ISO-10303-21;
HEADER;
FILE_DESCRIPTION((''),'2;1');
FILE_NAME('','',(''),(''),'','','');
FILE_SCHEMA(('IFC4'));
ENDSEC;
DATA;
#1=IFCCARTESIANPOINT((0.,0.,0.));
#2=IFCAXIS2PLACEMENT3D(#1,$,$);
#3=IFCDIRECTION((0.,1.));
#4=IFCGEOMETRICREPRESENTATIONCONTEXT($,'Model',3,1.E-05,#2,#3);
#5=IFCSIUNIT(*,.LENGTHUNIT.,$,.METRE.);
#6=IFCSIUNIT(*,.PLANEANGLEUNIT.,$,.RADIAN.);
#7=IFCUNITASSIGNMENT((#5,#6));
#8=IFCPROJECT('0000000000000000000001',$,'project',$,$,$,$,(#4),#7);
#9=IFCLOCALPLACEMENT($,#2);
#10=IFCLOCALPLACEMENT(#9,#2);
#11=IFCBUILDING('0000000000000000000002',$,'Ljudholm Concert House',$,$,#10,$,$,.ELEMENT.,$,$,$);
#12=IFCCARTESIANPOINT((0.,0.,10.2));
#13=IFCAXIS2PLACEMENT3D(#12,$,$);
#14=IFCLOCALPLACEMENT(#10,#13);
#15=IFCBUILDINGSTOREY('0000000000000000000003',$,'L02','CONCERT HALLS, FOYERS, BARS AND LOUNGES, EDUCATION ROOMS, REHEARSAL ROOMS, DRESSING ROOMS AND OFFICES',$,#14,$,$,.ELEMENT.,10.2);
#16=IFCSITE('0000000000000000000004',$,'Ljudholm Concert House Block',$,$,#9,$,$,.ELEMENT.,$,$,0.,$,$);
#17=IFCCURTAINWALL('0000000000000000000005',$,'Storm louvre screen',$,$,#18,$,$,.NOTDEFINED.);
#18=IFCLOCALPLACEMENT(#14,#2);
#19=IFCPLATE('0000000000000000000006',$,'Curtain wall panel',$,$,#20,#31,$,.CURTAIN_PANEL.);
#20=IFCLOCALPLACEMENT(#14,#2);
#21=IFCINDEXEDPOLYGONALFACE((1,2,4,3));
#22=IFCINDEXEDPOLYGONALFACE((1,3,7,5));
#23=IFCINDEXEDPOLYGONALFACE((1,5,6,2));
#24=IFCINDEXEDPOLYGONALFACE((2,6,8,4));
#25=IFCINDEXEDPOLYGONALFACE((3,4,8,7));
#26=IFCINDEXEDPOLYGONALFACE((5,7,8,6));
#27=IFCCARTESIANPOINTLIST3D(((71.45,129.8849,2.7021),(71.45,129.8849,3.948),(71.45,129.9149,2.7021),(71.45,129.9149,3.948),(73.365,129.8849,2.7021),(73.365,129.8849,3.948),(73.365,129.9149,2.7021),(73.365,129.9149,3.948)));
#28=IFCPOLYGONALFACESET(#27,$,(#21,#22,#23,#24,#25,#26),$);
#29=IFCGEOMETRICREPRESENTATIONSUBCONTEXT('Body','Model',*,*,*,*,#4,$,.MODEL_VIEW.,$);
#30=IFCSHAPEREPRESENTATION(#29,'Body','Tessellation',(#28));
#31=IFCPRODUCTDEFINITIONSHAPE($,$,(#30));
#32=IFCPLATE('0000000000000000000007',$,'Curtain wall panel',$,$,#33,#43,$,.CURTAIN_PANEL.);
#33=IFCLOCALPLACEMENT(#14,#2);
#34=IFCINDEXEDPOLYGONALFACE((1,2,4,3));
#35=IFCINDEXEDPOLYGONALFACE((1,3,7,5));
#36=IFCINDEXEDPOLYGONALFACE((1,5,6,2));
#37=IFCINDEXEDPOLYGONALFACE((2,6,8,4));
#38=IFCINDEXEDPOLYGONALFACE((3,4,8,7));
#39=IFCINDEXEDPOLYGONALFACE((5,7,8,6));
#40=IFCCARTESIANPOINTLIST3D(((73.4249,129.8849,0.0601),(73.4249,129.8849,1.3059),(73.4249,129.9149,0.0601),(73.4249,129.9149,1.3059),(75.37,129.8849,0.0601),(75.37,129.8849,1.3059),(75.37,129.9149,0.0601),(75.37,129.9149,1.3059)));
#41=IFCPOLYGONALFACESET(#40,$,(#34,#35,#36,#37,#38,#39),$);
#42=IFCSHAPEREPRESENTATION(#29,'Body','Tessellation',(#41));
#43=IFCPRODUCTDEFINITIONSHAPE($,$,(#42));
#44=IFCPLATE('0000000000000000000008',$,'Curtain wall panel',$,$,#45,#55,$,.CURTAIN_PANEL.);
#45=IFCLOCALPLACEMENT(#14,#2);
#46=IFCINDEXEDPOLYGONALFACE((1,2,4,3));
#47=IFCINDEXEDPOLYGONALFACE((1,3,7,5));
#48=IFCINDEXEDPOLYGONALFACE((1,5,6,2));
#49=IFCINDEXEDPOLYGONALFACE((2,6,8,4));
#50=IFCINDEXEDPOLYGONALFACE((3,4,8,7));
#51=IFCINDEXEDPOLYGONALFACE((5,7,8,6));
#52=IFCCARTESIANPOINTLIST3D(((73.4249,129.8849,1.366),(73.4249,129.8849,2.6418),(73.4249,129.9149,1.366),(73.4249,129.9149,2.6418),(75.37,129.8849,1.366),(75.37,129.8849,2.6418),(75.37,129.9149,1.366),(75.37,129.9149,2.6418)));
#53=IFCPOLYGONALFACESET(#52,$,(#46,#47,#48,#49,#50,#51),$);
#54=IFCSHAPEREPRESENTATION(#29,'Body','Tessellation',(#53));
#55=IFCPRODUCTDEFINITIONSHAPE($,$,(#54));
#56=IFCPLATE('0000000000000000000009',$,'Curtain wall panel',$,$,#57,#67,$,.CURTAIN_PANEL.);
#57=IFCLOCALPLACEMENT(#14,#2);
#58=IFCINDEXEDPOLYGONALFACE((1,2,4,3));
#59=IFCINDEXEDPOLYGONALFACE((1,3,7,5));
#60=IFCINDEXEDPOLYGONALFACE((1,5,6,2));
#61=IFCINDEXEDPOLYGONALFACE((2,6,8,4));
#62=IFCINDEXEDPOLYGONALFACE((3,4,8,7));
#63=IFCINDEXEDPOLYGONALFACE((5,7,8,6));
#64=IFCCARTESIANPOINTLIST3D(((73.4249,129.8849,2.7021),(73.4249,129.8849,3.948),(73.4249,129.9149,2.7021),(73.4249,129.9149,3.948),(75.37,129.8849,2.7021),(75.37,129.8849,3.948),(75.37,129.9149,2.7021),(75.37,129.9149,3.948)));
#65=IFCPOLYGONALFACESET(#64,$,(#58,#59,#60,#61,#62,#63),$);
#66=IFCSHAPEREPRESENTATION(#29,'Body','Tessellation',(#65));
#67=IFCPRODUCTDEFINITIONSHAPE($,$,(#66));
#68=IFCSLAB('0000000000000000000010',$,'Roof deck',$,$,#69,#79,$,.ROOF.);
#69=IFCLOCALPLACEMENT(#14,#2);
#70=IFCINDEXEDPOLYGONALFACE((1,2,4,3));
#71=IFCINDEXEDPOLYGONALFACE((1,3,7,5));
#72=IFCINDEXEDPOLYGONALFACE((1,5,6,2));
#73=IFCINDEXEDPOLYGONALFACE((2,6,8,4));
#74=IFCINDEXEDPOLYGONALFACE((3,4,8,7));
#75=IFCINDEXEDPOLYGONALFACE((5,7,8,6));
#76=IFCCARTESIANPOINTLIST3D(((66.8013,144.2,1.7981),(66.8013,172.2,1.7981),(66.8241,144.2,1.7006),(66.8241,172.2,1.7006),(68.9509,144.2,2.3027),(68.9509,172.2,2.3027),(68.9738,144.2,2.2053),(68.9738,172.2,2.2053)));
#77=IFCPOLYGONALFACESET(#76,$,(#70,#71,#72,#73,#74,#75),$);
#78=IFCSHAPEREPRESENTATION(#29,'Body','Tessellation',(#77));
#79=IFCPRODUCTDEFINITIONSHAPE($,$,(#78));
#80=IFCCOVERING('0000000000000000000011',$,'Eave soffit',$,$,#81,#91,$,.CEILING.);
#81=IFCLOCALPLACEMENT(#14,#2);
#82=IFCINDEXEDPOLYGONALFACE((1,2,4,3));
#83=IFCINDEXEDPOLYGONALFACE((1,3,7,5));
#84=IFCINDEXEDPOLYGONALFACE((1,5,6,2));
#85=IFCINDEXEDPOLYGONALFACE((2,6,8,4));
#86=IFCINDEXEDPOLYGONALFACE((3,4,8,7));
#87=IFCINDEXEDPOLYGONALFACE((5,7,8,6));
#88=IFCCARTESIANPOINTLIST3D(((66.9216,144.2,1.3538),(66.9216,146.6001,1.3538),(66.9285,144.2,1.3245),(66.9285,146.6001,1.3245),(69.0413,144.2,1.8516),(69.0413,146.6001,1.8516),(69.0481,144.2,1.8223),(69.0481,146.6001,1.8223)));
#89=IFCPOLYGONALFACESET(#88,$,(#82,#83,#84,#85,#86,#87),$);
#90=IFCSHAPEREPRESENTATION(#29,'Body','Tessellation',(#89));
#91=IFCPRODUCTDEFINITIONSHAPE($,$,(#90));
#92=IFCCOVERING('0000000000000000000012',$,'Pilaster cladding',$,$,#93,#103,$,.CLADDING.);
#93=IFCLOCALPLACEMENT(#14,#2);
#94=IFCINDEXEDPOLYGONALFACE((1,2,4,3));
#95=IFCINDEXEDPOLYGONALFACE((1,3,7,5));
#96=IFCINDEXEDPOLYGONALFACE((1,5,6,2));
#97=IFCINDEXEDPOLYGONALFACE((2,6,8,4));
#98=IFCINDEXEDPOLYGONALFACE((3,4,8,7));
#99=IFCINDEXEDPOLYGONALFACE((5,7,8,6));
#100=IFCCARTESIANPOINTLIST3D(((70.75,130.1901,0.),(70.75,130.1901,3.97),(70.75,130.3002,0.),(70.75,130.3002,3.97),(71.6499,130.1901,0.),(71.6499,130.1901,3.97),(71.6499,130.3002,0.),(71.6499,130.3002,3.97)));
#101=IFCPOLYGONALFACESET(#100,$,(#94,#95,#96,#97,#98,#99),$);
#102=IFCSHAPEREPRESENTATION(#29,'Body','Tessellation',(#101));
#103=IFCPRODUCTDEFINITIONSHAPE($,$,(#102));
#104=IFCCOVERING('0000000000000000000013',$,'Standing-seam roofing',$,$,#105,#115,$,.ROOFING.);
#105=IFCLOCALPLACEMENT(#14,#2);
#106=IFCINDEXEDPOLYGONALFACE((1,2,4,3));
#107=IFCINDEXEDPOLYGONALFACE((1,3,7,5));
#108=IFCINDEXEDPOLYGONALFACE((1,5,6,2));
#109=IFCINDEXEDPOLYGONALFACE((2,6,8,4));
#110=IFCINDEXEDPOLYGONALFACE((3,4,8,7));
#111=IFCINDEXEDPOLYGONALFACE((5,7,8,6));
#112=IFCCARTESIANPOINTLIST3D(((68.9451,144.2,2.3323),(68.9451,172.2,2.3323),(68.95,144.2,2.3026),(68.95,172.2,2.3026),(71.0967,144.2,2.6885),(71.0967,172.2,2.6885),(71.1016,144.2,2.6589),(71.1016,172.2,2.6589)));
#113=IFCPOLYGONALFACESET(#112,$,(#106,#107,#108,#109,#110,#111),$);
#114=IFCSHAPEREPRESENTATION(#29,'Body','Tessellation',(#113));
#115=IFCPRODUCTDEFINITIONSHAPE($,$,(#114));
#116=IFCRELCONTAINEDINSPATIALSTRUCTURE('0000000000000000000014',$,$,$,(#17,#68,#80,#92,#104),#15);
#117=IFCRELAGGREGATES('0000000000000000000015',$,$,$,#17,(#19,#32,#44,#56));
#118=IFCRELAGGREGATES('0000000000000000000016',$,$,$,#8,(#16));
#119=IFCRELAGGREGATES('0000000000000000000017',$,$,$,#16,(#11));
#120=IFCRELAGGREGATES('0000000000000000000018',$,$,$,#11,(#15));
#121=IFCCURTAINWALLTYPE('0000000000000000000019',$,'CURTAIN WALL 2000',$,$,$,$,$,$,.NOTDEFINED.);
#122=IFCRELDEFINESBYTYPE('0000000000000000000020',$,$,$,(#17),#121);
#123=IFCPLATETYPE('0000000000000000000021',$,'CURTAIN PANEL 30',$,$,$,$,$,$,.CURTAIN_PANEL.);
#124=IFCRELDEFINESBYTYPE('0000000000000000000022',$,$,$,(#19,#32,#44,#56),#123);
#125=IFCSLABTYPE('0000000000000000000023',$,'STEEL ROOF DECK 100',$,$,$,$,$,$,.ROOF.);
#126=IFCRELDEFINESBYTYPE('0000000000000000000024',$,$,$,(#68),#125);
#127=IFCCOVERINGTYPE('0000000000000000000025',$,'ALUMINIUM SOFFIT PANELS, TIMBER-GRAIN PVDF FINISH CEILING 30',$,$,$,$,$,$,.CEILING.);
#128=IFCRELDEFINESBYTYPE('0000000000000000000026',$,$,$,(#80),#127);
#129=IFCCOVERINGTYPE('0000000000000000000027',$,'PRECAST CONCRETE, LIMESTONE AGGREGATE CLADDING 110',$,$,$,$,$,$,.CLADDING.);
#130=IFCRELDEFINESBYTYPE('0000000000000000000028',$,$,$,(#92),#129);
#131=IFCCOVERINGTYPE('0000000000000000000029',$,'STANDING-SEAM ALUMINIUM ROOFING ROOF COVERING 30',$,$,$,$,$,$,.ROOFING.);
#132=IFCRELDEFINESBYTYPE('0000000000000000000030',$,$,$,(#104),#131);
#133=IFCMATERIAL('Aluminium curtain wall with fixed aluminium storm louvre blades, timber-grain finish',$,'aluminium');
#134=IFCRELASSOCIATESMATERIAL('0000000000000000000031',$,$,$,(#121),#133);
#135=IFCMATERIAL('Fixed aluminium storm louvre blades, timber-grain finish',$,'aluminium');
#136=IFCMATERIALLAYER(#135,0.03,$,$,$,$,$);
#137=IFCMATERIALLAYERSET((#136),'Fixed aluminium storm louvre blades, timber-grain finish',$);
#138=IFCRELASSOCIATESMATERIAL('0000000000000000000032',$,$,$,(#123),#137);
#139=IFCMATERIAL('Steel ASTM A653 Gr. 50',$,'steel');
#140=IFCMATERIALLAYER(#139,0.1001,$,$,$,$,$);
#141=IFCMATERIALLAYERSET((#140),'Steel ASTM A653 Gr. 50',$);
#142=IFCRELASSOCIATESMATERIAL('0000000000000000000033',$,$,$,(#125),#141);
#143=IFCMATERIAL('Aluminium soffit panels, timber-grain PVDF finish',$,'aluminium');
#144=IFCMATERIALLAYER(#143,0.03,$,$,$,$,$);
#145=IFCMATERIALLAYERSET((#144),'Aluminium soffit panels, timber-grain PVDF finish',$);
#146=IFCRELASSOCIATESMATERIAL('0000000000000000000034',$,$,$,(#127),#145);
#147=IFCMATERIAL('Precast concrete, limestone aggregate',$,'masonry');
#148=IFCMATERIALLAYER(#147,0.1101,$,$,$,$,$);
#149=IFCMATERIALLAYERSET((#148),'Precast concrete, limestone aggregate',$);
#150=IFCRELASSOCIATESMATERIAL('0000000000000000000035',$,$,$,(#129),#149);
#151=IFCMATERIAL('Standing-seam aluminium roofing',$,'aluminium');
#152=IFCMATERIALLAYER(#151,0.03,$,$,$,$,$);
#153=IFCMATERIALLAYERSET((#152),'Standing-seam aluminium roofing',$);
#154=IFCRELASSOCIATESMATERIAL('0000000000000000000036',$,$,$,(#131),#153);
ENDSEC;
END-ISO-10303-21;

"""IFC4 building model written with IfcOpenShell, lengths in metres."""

from ifc_helpers import new_model, si_unit, direction, frame, origin, origin_2d, place, context, subcontext, project, spatial, polyline, rectangle, outline, extrude, material, layer, layer_set, type_object, element, aggregate, save


model = new_model("IFC4")

# Units and contexts
model_context = context("Model", 3, precision=1e-05, world=origin(), true_north=direction((0.0, 1.0)))
body_context = subcontext(model_context, "Body", "Model", "MODEL_VIEW")
ifc_project = project(units=[si_unit("LENGTHUNIT", "METRE"), si_unit("PLANEANGLEUNIT", "RADIAN")], contexts=[model_context])

# Site, building, storey
site_placement = place(None, origin())
site = spatial("IfcSite", under=ifc_project, at=site_placement, Name="Ljudholm Concert House Block", CompositionType="ELEMENT", RefElevation=0.0)
building_placement = place(site_placement, origin())
building = spatial("IfcBuilding", under=site, at=building_placement, Name="Ljudholm Concert House", CompositionType="ELEMENT")
storey_placement = place(building_placement, frame((0.0, 0.0, 10.2)))
storey = spatial("IfcBuildingStorey", under=building, at=storey_placement, Name="L02", Description="CONCERT HALLS, FOYERS, BARS AND LOUNGES, EDUCATION ROOMS, REHEARSAL ROOMS, DRESSING ROOMS AND OFFICES", CompositionType="ELEMENT", Elevation=10.2)

# Curtain wall
ifc_material_1 = material(Name="Aluminium curtain wall with fixed aluminium storm louvre blades, timber-grain finish", Category="aluminium")
curtain_wall_type = type_object("IfcCurtainWallType", Name="CURTAIN WALL 2000", PredefinedType="NOTDEFINED", material=ifc_material_1)
curtain_wall_placement = place(storey_placement, origin())
curtain_wall = element("IfcCurtainWall", 1, at=curtain_wall_placement, inside=storey, type_object=curtain_wall_type, Name="Storm louvre screen", PredefinedType="NOTDEFINED")

# Plates
ifc_material_2 = material(Name="Fixed aluminium storm louvre blades, timber-grain finish", Category="aluminium")
ifc_layer_1 = layer(ifc_material_2, 0.03)
ifc_layer_set_1 = layer_set([ifc_layer_1], Name="Fixed aluminium storm louvre blades, timber-grain finish")
plate_type = type_object("IfcPlateType", Name="CURTAIN PANEL 30", PredefinedType="CURTAIN_PANEL", material=ifc_layer_set_1)
plate_1_placement = place(storey_placement, frame((72.4075, 129.8999, 2.7021), z_axis=(0.0, 0.0, 1.0), x_axis=(1.0, 0.0, 0.0)))
plate_1 = element("IfcPlate", 2, at=plate_1_placement, type_object=plate_type, Name="Curtain wall panel", PredefinedType="CURTAIN_PANEL", context=body_context, shape_type="SweptSolid", body=[
    extrude(rectangle(XDim=1.915, YDim=0.03, at=origin_2d()), origin(), (0.0, 0.0, 1.0), 1.2458),
])
plate_2_placement = place(storey_placement, frame((74.3975, 129.8999, 0.0601), z_axis=(0.0, 0.0, 1.0), x_axis=(1.0, 0.0, 0.0)))
plate_2 = element("IfcPlate", 3, at=plate_2_placement, type_object=plate_type, Name="Curtain wall panel", PredefinedType="CURTAIN_PANEL", context=body_context, shape_type="SweptSolid", body=[
    extrude(rectangle(XDim=1.9451, YDim=0.03, at=origin_2d()), origin(), (0.0, 0.0, 1.0), 1.2458),
])
plate_3_placement = place(storey_placement, frame((74.3975, 129.8999, 1.366), z_axis=(0.0, 0.0, 1.0), x_axis=(1.0, 0.0, 0.0)))
plate_3 = element("IfcPlate", 4, at=plate_3_placement, type_object=plate_type, Name="Curtain wall panel", PredefinedType="CURTAIN_PANEL", context=body_context, shape_type="SweptSolid", body=[
    extrude(rectangle(XDim=1.9451, YDim=0.03, at=origin_2d()), origin(), (0.0, 0.0, 1.0), 1.2759),
])
plate_4_placement = place(storey_placement, frame((74.3975, 129.8999, 2.7021), z_axis=(0.0, 0.0, 1.0), x_axis=(1.0, 0.0, 0.0)))
plate_4 = element("IfcPlate", 5, at=plate_4_placement, type_object=plate_type, Name="Curtain wall panel", PredefinedType="CURTAIN_PANEL", context=body_context, shape_type="SweptSolid", body=[
    extrude(rectangle(XDim=1.9451, YDim=0.03, at=origin_2d()), origin(), (0.0, 0.0, 1.0), 1.2458),
])
aggregate(curtain_wall, [plate_1, plate_2, plate_3, plate_4])

# Slab
ifc_material_3 = material(Name="Steel ASTM A653 Gr. 50", Category="steel")
ifc_layer_2 = layer(ifc_material_3, 0.1001)
ifc_layer_set_2 = layer_set([ifc_layer_2], Name="Steel ASTM A653 Gr. 50")
slab_type = type_object("IfcSlabType", Name="STEEL ROOF DECK 100", PredefinedType="ROOF", material=ifc_layer_set_2)
slab_placement = place(storey_placement, frame((66.8013, 144.2, 1.7981), z_axis=(-0.22854, 0.0, 0.973534), x_axis=(0.973534, 0.0, 0.22854)))
element("IfcSlab", 6, at=slab_placement, inside=storey, type_object=slab_type, Name="Roof deck", PredefinedType="ROOF", context=body_context, shape_type="SweptSolid", body=[
    extrude(outline(polyline([(0.0, 0.0), (2.2081, 0.0), (2.2081, 28.0), (0.0, 28.0), (0.0, 0.0)])), origin(), (0.0, 0.0, -1.0), 0.1001),
])

# Coverings
ifc_material_4 = material(Name="Aluminium soffit panels, timber-grain PVDF finish", Category="aluminium")
ifc_layer_3 = layer(ifc_material_4, 0.03)
ifc_layer_set_3 = layer_set([ifc_layer_3], Name="Aluminium soffit panels, timber-grain PVDF finish")
covering_type_1 = type_object("IfcCoveringType", Name="ALUMINIUM SOFFIT PANELS, TIMBER-GRAIN PVDF FINISH CEILING 30", PredefinedType="CEILING", material=ifc_layer_set_3)
covering_1_placement = place(storey_placement, frame((66.9216, 144.2, 1.3538), z_axis=(-0.228633, 0.0, 0.973513), x_axis=(0.973513, 0.0, 0.228633)))
element("IfcCovering", 7, at=covering_1_placement, inside=storey, type_object=covering_type_1, Name="Eave soffit", PredefinedType="CEILING", context=body_context, shape_type="SweptSolid", body=[
    extrude(outline(polyline([(0.0, 0.0), (2.1773, 0.0), (2.1773, 2.4001), (0.0, 2.4001), (0.0, 0.0)])), origin(), (0.0, 0.0, -1.0), 0.03),
])
ifc_material_5 = material(Name="Precast concrete, limestone aggregate", Category="masonry")
ifc_layer_4 = layer(ifc_material_5, 0.1101)
ifc_layer_set_4 = layer_set([ifc_layer_4], Name="Precast concrete, limestone aggregate")
covering_type_2 = type_object("IfcCoveringType", Name="PRECAST CONCRETE, LIMESTONE AGGREGATE CLADDING 110", PredefinedType="CLADDING", material=ifc_layer_set_4)
covering_2_placement = place(storey_placement, frame((71.2, 130.2451, 0.0), z_axis=(0.0, 0.0, 1.0), x_axis=(0.0, 1.0, 0.0)))
element("IfcCovering", 8, at=covering_2_placement, inside=storey, type_object=covering_type_2, Name="Pilaster cladding", PredefinedType="CLADDING", context=body_context, shape_type="SweptSolid", body=[
    extrude(rectangle(XDim=0.1101, YDim=0.8999, at=origin_2d()), origin(), (0.0, 0.0, 1.0), 3.97),
])
ifc_material_6 = material(Name="Standing-seam aluminium roofing", Category="aluminium")
ifc_layer_5 = layer(ifc_material_6, 0.03)
ifc_layer_set_5 = layer_set([ifc_layer_5], Name="Standing-seam aluminium roofing")
covering_type_3 = type_object("IfcCoveringType", Name="STANDING-SEAM ALUMINIUM ROOFING ROOF COVERING 30", PredefinedType="ROOFING", material=ifc_layer_set_5)
covering_3_placement = place(storey_placement, frame((68.9451, 144.2, 2.3323), z_axis=(-0.163328, 0.0, 0.986572), x_axis=(0.986572, 0.0, 0.163328)))
element("IfcCovering", 9, at=covering_3_placement, inside=storey, type_object=covering_type_3, Name="Standing-seam roofing", PredefinedType="ROOFING", context=body_context, shape_type="SweptSolid", body=[
    extrude(outline(polyline([(0.0, 0.0), (2.1809, 0.0), (2.1809, 28.0), (0.0, 28.0), (0.0, 0.0)])), origin(), (0.0, 0.0, -1.0), 0.03),
])

save(model, "model.ifc")
